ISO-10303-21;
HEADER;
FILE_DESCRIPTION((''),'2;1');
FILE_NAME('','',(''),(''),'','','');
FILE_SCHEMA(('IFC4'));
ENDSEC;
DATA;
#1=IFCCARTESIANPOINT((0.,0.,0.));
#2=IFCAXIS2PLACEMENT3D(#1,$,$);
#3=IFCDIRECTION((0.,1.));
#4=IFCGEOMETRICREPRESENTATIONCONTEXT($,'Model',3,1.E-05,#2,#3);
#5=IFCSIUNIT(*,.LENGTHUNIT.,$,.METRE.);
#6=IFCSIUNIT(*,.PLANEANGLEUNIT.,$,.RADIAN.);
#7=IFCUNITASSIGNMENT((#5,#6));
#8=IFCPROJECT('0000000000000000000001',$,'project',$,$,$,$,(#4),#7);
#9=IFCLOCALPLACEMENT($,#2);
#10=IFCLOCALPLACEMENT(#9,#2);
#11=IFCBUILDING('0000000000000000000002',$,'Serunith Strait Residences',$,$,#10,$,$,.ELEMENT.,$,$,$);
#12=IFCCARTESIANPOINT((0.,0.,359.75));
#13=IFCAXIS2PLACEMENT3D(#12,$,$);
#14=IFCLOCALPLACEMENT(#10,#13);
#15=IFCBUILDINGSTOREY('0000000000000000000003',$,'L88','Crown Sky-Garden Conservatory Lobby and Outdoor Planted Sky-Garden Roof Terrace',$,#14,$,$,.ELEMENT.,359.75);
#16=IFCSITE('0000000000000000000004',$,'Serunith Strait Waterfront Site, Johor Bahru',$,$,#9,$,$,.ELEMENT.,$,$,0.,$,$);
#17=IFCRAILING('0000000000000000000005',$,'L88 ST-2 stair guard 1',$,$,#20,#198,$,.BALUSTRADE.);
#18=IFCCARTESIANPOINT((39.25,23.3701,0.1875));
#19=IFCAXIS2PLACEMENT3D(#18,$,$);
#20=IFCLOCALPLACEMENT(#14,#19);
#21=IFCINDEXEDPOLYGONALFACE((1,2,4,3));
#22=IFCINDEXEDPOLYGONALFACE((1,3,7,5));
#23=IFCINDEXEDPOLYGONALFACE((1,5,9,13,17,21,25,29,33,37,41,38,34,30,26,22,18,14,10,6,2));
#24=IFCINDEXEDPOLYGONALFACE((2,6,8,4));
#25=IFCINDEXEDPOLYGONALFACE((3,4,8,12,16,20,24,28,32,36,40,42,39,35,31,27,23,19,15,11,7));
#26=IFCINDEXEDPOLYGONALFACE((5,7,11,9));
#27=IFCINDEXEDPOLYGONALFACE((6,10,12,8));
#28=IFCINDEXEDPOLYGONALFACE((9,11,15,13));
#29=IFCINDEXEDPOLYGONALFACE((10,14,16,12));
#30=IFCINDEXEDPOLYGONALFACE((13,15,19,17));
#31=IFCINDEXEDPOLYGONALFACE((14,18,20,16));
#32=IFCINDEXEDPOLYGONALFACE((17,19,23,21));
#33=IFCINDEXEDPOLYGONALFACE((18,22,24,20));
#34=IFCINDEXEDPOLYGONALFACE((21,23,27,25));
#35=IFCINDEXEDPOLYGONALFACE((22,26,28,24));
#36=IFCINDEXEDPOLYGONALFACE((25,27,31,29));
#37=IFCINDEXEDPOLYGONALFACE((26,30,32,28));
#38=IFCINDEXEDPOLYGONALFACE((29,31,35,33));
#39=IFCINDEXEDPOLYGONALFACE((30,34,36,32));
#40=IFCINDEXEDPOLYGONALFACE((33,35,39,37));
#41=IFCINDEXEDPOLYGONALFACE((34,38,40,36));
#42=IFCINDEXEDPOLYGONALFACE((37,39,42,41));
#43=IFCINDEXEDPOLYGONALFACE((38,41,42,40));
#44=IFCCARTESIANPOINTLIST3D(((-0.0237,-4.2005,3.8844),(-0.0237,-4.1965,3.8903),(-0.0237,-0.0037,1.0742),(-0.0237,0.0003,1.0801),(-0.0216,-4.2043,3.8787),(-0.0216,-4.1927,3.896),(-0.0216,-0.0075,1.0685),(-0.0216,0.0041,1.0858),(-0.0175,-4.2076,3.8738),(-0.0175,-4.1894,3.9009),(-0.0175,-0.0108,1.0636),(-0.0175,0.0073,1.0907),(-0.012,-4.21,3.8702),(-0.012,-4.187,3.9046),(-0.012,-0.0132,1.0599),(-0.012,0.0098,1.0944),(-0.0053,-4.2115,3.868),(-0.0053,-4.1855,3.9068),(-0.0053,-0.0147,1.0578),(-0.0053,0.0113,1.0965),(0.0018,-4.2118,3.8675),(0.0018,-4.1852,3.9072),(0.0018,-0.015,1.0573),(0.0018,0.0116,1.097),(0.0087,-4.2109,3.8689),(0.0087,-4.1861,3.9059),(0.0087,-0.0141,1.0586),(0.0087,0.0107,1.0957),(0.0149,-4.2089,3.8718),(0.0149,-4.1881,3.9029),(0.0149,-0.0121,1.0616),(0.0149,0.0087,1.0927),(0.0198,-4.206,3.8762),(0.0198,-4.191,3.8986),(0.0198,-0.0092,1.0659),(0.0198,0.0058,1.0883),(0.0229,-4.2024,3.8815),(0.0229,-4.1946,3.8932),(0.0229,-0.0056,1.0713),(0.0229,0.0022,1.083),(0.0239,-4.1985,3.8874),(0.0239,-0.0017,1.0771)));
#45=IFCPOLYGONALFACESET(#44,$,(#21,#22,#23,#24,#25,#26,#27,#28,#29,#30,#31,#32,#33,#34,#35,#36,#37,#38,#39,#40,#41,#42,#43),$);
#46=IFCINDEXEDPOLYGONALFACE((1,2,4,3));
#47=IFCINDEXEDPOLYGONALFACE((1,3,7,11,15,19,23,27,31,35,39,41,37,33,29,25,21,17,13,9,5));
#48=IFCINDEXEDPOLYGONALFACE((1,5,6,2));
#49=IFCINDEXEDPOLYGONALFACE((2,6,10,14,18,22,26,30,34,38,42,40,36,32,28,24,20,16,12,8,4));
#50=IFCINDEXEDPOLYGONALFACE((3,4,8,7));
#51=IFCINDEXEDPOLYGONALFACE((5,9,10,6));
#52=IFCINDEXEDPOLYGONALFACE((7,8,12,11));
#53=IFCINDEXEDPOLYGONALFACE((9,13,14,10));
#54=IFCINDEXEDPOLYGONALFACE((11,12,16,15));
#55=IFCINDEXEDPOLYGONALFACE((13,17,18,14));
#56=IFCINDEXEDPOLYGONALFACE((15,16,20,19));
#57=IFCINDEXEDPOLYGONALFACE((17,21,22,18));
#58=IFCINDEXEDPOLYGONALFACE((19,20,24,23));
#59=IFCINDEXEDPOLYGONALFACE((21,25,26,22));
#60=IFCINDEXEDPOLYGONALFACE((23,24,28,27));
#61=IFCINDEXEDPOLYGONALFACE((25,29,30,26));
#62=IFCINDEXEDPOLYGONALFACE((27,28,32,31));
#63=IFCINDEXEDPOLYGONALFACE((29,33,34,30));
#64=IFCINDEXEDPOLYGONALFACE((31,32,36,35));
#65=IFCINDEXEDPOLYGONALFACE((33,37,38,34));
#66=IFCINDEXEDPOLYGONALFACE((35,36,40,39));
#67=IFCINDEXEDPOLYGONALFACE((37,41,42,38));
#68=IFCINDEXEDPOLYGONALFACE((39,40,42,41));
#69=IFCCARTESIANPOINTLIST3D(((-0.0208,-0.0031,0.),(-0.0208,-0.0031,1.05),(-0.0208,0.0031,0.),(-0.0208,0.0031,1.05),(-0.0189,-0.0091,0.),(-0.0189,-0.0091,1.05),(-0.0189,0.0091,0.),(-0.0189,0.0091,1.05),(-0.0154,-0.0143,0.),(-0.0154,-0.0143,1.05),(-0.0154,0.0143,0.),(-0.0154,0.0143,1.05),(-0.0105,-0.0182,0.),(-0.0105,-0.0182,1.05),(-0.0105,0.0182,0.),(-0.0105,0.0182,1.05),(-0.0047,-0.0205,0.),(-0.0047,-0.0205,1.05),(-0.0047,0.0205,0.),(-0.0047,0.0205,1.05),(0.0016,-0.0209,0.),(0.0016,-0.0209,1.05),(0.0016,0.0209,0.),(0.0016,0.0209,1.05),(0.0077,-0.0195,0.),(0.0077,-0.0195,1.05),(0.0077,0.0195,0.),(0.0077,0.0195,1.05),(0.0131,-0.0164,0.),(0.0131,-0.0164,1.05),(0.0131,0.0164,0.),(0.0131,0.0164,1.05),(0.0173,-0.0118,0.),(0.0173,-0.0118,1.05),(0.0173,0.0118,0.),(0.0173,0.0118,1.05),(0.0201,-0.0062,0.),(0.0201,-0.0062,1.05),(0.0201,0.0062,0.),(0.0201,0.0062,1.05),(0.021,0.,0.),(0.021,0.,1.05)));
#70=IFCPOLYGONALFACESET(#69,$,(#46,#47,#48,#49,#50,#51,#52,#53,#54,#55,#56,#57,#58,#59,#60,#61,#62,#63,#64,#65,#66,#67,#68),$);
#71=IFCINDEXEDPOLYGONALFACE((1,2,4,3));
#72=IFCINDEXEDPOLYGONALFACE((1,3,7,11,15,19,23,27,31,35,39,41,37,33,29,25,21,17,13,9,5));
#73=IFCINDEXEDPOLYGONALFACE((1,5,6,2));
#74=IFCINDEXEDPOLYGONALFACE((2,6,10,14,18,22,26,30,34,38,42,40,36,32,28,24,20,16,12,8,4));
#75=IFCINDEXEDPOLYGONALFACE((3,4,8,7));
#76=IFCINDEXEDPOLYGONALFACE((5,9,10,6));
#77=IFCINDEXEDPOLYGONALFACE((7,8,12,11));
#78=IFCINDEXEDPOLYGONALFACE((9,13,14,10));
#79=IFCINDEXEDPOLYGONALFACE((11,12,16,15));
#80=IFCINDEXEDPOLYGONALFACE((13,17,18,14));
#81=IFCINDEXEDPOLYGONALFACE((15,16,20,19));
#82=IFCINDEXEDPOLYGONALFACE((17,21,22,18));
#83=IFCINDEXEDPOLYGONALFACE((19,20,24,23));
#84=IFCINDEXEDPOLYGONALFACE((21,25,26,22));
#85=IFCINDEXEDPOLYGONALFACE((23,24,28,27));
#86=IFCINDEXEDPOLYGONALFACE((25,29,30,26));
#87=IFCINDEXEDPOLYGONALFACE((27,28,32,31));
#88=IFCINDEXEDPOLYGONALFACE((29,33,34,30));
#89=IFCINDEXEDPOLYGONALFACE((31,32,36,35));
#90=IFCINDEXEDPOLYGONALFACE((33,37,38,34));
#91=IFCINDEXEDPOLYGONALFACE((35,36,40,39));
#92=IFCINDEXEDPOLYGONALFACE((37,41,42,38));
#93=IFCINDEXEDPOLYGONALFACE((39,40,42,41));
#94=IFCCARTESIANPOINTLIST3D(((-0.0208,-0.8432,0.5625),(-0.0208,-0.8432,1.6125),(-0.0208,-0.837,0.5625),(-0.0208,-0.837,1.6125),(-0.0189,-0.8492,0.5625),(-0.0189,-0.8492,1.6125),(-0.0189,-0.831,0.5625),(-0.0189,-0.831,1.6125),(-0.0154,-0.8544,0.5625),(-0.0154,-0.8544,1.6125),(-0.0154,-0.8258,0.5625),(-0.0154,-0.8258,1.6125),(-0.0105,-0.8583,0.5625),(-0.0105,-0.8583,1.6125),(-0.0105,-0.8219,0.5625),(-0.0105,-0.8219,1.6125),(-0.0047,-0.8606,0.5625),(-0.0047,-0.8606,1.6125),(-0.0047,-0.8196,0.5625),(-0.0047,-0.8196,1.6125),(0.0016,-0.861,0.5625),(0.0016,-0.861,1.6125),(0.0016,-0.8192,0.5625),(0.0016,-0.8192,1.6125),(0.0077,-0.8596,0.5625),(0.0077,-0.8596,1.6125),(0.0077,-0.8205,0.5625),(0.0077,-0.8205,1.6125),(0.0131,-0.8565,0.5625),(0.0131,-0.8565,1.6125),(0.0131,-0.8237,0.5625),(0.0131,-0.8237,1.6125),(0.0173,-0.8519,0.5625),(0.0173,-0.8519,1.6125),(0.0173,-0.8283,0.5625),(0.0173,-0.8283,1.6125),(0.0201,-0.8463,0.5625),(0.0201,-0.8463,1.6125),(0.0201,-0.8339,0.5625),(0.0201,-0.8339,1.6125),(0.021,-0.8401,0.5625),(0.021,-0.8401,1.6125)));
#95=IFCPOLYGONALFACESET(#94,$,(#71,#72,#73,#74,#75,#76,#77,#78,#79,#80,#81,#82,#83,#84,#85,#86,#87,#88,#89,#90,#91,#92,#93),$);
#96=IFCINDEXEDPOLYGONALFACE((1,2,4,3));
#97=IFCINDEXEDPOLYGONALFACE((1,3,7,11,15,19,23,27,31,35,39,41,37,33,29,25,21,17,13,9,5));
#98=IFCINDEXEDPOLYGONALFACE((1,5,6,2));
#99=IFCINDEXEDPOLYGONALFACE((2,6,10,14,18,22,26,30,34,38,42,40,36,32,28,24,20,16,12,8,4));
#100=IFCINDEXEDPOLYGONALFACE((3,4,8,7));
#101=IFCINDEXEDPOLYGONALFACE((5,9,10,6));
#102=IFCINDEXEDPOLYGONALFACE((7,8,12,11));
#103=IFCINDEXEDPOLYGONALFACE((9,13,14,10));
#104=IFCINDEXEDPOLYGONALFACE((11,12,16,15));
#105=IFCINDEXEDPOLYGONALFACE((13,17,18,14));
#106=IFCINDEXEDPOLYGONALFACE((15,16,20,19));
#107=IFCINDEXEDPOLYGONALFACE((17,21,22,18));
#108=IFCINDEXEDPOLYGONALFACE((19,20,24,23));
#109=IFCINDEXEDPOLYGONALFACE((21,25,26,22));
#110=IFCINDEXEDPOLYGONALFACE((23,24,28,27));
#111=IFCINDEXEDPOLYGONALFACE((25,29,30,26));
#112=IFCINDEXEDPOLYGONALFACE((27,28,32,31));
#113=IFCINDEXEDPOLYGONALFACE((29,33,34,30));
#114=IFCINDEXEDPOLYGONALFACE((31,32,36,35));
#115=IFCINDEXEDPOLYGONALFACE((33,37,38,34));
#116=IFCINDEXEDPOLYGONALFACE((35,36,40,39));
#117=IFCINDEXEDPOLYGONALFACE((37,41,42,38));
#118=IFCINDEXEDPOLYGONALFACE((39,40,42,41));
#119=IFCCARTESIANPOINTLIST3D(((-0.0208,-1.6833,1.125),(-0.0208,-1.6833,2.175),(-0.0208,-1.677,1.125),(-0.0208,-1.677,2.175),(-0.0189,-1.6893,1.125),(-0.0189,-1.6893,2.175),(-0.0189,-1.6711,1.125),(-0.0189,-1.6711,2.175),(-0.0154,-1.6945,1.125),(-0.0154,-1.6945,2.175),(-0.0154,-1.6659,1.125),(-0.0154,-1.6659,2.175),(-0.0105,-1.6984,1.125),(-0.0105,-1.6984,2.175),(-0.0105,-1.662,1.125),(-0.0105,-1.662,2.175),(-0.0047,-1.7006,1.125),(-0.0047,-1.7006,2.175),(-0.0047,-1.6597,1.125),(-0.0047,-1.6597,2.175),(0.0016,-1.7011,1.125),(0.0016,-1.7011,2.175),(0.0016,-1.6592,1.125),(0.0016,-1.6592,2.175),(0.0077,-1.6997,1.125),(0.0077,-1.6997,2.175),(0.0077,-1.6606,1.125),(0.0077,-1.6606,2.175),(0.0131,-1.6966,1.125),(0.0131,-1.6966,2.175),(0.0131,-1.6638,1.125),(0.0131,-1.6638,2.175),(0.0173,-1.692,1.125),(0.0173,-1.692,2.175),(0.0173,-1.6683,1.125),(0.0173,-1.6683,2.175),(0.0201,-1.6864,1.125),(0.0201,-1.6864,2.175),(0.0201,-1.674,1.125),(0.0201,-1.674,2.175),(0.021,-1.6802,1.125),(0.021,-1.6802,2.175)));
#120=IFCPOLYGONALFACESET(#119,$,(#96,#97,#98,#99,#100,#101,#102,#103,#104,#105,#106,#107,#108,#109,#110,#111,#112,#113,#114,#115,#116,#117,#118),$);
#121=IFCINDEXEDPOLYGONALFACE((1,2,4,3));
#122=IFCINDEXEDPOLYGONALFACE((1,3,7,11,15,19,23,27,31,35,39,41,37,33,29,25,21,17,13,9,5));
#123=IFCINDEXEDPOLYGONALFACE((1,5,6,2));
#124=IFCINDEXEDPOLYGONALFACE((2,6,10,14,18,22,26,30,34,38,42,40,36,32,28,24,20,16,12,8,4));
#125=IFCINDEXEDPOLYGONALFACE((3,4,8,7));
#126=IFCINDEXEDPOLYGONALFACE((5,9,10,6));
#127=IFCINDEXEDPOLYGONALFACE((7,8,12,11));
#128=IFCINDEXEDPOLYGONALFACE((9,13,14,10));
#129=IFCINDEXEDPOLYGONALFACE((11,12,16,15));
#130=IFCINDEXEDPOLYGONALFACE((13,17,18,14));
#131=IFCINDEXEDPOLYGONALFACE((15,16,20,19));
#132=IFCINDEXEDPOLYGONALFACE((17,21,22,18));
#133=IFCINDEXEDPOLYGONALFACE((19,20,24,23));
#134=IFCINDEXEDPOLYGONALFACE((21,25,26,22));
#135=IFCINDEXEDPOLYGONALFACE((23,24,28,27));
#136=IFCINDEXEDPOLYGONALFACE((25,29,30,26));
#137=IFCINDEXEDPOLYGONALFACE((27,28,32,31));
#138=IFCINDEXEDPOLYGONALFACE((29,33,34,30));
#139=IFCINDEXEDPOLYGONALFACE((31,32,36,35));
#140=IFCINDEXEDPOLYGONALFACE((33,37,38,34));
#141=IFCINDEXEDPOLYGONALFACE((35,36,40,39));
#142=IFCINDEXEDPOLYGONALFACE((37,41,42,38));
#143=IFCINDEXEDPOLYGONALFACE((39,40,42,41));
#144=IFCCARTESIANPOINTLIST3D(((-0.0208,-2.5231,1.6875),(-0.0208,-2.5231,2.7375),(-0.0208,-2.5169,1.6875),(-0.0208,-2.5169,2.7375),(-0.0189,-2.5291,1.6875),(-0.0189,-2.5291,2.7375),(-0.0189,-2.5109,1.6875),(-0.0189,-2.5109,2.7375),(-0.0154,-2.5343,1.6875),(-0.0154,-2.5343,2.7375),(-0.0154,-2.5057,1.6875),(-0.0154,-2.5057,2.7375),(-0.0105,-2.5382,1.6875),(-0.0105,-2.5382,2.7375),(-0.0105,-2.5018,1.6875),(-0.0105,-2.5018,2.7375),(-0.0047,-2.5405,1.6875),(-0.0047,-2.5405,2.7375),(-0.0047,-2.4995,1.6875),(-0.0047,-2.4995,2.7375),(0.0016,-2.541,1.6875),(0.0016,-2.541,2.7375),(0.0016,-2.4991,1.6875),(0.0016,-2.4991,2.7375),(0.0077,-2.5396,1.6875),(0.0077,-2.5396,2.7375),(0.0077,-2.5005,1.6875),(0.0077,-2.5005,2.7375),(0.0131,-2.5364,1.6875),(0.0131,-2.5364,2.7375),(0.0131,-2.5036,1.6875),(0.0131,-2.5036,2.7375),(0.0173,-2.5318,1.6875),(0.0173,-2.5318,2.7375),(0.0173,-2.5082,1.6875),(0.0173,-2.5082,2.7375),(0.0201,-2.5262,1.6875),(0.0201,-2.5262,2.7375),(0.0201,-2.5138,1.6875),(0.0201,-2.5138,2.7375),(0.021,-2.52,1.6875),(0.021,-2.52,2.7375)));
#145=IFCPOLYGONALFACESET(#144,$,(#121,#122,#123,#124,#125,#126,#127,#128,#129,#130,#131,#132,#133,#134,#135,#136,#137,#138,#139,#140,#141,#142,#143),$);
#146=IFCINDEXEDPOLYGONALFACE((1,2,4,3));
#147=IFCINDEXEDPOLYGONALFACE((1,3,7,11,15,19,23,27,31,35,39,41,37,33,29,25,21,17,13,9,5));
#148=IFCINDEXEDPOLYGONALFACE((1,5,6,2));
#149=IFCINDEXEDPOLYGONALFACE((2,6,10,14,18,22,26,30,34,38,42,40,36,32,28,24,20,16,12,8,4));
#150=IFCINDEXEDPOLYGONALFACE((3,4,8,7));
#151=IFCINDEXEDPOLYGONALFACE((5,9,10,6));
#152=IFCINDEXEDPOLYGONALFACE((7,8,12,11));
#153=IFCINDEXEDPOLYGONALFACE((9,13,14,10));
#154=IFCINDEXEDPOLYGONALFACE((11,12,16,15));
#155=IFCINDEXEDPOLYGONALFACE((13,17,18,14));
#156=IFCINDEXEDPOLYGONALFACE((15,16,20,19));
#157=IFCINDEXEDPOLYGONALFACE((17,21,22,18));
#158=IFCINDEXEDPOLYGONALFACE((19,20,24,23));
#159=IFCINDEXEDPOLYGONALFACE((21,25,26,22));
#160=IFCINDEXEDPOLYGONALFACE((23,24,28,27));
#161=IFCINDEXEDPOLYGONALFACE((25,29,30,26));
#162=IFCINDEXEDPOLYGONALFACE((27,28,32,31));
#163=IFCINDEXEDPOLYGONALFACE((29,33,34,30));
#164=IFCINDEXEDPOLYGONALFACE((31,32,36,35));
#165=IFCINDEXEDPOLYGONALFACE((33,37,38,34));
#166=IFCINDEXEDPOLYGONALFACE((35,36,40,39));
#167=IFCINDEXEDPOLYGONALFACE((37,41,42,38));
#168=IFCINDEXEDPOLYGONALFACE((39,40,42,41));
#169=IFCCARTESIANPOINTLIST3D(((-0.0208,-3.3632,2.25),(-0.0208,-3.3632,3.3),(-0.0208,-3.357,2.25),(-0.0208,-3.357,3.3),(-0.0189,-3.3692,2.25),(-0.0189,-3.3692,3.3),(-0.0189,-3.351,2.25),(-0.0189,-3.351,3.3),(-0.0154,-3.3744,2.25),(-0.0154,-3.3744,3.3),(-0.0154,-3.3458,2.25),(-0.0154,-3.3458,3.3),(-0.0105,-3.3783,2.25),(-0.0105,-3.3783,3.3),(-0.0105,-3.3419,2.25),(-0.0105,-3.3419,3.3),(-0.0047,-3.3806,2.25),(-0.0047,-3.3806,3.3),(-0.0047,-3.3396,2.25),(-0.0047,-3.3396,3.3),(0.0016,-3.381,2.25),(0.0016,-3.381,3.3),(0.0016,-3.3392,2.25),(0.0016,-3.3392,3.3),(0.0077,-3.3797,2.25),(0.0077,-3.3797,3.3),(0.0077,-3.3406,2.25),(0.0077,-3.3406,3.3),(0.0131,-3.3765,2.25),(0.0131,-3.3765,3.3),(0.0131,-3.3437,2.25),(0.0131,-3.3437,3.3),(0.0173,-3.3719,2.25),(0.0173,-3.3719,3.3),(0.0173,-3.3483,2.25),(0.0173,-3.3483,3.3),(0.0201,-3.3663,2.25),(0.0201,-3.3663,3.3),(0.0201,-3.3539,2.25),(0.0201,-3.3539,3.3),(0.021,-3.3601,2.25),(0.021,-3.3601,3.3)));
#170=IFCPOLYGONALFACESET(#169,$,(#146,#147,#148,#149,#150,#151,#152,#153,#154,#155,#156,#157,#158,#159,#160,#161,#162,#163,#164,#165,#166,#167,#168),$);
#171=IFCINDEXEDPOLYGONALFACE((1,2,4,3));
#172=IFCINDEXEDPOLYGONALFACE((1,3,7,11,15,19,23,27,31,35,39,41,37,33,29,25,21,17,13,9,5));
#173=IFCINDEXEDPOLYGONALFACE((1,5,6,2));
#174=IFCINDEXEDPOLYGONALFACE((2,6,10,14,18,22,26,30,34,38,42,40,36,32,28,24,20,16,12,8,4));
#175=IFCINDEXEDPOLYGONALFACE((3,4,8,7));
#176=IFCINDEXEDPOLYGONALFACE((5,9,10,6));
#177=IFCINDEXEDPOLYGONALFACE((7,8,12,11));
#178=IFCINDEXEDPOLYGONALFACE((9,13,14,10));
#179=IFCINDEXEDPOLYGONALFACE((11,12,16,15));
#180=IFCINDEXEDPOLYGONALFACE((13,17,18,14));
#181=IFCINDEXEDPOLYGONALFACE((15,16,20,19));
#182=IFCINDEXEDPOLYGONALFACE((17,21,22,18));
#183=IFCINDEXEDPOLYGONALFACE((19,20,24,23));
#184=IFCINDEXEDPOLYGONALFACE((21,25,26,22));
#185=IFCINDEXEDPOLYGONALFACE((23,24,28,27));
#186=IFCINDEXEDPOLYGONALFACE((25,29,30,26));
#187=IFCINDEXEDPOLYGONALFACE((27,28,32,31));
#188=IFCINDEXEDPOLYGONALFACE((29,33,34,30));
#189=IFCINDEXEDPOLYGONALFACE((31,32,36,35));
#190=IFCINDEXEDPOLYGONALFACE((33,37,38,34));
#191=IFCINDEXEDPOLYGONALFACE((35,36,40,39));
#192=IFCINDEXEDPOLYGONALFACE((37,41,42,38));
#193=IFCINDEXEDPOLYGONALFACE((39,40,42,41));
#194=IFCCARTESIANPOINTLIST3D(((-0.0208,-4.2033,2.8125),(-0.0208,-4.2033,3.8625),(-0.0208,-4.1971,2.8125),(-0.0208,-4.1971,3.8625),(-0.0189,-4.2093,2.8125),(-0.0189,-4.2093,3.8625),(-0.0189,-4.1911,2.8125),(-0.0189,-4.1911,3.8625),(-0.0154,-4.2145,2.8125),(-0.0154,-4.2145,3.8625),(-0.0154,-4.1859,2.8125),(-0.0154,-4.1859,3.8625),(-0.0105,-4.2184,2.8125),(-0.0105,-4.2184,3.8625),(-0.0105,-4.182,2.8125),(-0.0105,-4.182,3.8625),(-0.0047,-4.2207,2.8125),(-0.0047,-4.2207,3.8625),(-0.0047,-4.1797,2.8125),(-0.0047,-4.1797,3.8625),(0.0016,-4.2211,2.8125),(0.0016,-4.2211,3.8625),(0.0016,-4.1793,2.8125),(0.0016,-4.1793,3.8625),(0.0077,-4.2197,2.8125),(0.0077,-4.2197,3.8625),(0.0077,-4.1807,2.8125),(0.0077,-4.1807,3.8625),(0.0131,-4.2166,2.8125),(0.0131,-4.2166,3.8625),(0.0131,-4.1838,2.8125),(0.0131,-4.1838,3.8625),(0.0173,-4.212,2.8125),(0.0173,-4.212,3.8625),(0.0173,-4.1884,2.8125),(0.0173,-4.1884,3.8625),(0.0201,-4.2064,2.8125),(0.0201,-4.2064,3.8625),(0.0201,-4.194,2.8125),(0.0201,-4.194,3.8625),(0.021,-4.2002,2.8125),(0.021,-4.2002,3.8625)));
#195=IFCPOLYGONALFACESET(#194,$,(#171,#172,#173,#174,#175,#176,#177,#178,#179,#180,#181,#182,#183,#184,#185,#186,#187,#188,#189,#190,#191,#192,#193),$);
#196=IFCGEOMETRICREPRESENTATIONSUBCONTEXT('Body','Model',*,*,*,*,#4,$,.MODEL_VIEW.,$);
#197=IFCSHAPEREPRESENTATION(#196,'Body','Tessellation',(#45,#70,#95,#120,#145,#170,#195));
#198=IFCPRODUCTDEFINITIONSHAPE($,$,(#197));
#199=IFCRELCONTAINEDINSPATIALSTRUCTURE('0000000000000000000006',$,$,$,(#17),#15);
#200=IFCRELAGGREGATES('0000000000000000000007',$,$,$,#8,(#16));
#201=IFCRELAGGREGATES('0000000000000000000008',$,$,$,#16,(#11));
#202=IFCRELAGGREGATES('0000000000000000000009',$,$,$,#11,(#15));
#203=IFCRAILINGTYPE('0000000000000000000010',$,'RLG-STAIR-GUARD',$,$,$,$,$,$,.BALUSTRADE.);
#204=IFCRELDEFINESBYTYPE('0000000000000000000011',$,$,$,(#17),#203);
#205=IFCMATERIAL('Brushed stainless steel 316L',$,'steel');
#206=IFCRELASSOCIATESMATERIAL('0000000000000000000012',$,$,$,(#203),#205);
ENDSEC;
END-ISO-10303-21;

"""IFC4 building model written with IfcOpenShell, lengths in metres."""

from ifc_helpers import new_model, si_unit, direction, frame, origin, origin_2d, place, context, subcontext, project, spatial, circle, extrude, material, type_object, element, save


model = new_model("IFC4")

# Units and contexts
model_context = context("Model", 3, precision=1e-05, world=origin(), true_north=direction((0.0, 1.0)))
body_context = subcontext(model_context, "Body", "Model", "MODEL_VIEW")
ifc_project = project(units=[si_unit("LENGTHUNIT", "METRE"), si_unit("PLANEANGLEUNIT", "RADIAN")], contexts=[model_context])

# Site, building, storey
site_placement = place(None, origin())
site = spatial("IfcSite", under=ifc_project, at=site_placement, Name="Serunith Strait Waterfront Site, Johor Bahru", CompositionType="ELEMENT", RefElevation=0.0)
building_placement = place(site_placement, origin())
building = spatial("IfcBuilding", under=site, at=building_placement, Name="Serunith Strait Residences", CompositionType="ELEMENT")
storey_placement = place(building_placement, frame((0.0, 0.0, 359.75)))
storey = spatial("IfcBuildingStorey", under=building, at=storey_placement, Name="L88", Description="Crown Sky-Garden Conservatory Lobby and Outdoor Planted Sky-Garden Roof Terrace", CompositionType="ELEMENT", Elevation=359.75)

# Railing
ifc_material_1 = material(Name="Brushed stainless steel 316L", Category="steel")
railing_type_1 = type_object("IfcRailingType", Name="RLG-STAIR-GUARD", PredefinedType="BALUSTRADE", material=ifc_material_1)
railing_1_placement = place(storey_placement, frame((39.25, 23.3701, 0.1875)))
element("IfcRailing", 1, at=railing_1_placement, inside=storey, type_object=railing_type_1, Name="L88 ST-2 stair guard 1", PredefinedType="BALUSTRADE", context=body_context, shape_type="SweptSolid", body=[
    extrude(circle(Radius=0.0239, at=origin_2d()), frame((0.0, -0.0017, 1.0771), z_axis=(0.0, -0.830919, 0.556393), x_axis=(1.0, 0.0, 0.0)), (0.0, 0.0, 1.0), 5.0508),
    extrude(circle(Radius=0.021, at=origin_2d()), origin(), (0.0, 0.0, 1.0), 1.05),
    extrude(circle(Radius=0.021, at=origin_2d()), frame((0.0, -0.8401, 0.5625)), (0.0, 0.0, 1.0), 1.05),
    extrude(circle(Radius=0.021, at=origin_2d()), frame((0.0, -1.6802, 1.125)), (0.0, 0.0, 1.0), 1.05),
    extrude(circle(Radius=0.021, at=origin_2d()), frame((0.0, -2.52, 1.6875)), (0.0, 0.0, 1.0), 1.05),
    extrude(circle(Radius=0.021, at=origin_2d()), frame((0.0, -3.3601, 2.25)), (0.0, 0.0, 1.0), 1.05),
    extrude(circle(Radius=0.021, at=origin_2d()), frame((0.0, -4.2002, 2.8125)), (0.0, 0.0, 1.0), 1.05),
])

save(model, "model.ifc")
